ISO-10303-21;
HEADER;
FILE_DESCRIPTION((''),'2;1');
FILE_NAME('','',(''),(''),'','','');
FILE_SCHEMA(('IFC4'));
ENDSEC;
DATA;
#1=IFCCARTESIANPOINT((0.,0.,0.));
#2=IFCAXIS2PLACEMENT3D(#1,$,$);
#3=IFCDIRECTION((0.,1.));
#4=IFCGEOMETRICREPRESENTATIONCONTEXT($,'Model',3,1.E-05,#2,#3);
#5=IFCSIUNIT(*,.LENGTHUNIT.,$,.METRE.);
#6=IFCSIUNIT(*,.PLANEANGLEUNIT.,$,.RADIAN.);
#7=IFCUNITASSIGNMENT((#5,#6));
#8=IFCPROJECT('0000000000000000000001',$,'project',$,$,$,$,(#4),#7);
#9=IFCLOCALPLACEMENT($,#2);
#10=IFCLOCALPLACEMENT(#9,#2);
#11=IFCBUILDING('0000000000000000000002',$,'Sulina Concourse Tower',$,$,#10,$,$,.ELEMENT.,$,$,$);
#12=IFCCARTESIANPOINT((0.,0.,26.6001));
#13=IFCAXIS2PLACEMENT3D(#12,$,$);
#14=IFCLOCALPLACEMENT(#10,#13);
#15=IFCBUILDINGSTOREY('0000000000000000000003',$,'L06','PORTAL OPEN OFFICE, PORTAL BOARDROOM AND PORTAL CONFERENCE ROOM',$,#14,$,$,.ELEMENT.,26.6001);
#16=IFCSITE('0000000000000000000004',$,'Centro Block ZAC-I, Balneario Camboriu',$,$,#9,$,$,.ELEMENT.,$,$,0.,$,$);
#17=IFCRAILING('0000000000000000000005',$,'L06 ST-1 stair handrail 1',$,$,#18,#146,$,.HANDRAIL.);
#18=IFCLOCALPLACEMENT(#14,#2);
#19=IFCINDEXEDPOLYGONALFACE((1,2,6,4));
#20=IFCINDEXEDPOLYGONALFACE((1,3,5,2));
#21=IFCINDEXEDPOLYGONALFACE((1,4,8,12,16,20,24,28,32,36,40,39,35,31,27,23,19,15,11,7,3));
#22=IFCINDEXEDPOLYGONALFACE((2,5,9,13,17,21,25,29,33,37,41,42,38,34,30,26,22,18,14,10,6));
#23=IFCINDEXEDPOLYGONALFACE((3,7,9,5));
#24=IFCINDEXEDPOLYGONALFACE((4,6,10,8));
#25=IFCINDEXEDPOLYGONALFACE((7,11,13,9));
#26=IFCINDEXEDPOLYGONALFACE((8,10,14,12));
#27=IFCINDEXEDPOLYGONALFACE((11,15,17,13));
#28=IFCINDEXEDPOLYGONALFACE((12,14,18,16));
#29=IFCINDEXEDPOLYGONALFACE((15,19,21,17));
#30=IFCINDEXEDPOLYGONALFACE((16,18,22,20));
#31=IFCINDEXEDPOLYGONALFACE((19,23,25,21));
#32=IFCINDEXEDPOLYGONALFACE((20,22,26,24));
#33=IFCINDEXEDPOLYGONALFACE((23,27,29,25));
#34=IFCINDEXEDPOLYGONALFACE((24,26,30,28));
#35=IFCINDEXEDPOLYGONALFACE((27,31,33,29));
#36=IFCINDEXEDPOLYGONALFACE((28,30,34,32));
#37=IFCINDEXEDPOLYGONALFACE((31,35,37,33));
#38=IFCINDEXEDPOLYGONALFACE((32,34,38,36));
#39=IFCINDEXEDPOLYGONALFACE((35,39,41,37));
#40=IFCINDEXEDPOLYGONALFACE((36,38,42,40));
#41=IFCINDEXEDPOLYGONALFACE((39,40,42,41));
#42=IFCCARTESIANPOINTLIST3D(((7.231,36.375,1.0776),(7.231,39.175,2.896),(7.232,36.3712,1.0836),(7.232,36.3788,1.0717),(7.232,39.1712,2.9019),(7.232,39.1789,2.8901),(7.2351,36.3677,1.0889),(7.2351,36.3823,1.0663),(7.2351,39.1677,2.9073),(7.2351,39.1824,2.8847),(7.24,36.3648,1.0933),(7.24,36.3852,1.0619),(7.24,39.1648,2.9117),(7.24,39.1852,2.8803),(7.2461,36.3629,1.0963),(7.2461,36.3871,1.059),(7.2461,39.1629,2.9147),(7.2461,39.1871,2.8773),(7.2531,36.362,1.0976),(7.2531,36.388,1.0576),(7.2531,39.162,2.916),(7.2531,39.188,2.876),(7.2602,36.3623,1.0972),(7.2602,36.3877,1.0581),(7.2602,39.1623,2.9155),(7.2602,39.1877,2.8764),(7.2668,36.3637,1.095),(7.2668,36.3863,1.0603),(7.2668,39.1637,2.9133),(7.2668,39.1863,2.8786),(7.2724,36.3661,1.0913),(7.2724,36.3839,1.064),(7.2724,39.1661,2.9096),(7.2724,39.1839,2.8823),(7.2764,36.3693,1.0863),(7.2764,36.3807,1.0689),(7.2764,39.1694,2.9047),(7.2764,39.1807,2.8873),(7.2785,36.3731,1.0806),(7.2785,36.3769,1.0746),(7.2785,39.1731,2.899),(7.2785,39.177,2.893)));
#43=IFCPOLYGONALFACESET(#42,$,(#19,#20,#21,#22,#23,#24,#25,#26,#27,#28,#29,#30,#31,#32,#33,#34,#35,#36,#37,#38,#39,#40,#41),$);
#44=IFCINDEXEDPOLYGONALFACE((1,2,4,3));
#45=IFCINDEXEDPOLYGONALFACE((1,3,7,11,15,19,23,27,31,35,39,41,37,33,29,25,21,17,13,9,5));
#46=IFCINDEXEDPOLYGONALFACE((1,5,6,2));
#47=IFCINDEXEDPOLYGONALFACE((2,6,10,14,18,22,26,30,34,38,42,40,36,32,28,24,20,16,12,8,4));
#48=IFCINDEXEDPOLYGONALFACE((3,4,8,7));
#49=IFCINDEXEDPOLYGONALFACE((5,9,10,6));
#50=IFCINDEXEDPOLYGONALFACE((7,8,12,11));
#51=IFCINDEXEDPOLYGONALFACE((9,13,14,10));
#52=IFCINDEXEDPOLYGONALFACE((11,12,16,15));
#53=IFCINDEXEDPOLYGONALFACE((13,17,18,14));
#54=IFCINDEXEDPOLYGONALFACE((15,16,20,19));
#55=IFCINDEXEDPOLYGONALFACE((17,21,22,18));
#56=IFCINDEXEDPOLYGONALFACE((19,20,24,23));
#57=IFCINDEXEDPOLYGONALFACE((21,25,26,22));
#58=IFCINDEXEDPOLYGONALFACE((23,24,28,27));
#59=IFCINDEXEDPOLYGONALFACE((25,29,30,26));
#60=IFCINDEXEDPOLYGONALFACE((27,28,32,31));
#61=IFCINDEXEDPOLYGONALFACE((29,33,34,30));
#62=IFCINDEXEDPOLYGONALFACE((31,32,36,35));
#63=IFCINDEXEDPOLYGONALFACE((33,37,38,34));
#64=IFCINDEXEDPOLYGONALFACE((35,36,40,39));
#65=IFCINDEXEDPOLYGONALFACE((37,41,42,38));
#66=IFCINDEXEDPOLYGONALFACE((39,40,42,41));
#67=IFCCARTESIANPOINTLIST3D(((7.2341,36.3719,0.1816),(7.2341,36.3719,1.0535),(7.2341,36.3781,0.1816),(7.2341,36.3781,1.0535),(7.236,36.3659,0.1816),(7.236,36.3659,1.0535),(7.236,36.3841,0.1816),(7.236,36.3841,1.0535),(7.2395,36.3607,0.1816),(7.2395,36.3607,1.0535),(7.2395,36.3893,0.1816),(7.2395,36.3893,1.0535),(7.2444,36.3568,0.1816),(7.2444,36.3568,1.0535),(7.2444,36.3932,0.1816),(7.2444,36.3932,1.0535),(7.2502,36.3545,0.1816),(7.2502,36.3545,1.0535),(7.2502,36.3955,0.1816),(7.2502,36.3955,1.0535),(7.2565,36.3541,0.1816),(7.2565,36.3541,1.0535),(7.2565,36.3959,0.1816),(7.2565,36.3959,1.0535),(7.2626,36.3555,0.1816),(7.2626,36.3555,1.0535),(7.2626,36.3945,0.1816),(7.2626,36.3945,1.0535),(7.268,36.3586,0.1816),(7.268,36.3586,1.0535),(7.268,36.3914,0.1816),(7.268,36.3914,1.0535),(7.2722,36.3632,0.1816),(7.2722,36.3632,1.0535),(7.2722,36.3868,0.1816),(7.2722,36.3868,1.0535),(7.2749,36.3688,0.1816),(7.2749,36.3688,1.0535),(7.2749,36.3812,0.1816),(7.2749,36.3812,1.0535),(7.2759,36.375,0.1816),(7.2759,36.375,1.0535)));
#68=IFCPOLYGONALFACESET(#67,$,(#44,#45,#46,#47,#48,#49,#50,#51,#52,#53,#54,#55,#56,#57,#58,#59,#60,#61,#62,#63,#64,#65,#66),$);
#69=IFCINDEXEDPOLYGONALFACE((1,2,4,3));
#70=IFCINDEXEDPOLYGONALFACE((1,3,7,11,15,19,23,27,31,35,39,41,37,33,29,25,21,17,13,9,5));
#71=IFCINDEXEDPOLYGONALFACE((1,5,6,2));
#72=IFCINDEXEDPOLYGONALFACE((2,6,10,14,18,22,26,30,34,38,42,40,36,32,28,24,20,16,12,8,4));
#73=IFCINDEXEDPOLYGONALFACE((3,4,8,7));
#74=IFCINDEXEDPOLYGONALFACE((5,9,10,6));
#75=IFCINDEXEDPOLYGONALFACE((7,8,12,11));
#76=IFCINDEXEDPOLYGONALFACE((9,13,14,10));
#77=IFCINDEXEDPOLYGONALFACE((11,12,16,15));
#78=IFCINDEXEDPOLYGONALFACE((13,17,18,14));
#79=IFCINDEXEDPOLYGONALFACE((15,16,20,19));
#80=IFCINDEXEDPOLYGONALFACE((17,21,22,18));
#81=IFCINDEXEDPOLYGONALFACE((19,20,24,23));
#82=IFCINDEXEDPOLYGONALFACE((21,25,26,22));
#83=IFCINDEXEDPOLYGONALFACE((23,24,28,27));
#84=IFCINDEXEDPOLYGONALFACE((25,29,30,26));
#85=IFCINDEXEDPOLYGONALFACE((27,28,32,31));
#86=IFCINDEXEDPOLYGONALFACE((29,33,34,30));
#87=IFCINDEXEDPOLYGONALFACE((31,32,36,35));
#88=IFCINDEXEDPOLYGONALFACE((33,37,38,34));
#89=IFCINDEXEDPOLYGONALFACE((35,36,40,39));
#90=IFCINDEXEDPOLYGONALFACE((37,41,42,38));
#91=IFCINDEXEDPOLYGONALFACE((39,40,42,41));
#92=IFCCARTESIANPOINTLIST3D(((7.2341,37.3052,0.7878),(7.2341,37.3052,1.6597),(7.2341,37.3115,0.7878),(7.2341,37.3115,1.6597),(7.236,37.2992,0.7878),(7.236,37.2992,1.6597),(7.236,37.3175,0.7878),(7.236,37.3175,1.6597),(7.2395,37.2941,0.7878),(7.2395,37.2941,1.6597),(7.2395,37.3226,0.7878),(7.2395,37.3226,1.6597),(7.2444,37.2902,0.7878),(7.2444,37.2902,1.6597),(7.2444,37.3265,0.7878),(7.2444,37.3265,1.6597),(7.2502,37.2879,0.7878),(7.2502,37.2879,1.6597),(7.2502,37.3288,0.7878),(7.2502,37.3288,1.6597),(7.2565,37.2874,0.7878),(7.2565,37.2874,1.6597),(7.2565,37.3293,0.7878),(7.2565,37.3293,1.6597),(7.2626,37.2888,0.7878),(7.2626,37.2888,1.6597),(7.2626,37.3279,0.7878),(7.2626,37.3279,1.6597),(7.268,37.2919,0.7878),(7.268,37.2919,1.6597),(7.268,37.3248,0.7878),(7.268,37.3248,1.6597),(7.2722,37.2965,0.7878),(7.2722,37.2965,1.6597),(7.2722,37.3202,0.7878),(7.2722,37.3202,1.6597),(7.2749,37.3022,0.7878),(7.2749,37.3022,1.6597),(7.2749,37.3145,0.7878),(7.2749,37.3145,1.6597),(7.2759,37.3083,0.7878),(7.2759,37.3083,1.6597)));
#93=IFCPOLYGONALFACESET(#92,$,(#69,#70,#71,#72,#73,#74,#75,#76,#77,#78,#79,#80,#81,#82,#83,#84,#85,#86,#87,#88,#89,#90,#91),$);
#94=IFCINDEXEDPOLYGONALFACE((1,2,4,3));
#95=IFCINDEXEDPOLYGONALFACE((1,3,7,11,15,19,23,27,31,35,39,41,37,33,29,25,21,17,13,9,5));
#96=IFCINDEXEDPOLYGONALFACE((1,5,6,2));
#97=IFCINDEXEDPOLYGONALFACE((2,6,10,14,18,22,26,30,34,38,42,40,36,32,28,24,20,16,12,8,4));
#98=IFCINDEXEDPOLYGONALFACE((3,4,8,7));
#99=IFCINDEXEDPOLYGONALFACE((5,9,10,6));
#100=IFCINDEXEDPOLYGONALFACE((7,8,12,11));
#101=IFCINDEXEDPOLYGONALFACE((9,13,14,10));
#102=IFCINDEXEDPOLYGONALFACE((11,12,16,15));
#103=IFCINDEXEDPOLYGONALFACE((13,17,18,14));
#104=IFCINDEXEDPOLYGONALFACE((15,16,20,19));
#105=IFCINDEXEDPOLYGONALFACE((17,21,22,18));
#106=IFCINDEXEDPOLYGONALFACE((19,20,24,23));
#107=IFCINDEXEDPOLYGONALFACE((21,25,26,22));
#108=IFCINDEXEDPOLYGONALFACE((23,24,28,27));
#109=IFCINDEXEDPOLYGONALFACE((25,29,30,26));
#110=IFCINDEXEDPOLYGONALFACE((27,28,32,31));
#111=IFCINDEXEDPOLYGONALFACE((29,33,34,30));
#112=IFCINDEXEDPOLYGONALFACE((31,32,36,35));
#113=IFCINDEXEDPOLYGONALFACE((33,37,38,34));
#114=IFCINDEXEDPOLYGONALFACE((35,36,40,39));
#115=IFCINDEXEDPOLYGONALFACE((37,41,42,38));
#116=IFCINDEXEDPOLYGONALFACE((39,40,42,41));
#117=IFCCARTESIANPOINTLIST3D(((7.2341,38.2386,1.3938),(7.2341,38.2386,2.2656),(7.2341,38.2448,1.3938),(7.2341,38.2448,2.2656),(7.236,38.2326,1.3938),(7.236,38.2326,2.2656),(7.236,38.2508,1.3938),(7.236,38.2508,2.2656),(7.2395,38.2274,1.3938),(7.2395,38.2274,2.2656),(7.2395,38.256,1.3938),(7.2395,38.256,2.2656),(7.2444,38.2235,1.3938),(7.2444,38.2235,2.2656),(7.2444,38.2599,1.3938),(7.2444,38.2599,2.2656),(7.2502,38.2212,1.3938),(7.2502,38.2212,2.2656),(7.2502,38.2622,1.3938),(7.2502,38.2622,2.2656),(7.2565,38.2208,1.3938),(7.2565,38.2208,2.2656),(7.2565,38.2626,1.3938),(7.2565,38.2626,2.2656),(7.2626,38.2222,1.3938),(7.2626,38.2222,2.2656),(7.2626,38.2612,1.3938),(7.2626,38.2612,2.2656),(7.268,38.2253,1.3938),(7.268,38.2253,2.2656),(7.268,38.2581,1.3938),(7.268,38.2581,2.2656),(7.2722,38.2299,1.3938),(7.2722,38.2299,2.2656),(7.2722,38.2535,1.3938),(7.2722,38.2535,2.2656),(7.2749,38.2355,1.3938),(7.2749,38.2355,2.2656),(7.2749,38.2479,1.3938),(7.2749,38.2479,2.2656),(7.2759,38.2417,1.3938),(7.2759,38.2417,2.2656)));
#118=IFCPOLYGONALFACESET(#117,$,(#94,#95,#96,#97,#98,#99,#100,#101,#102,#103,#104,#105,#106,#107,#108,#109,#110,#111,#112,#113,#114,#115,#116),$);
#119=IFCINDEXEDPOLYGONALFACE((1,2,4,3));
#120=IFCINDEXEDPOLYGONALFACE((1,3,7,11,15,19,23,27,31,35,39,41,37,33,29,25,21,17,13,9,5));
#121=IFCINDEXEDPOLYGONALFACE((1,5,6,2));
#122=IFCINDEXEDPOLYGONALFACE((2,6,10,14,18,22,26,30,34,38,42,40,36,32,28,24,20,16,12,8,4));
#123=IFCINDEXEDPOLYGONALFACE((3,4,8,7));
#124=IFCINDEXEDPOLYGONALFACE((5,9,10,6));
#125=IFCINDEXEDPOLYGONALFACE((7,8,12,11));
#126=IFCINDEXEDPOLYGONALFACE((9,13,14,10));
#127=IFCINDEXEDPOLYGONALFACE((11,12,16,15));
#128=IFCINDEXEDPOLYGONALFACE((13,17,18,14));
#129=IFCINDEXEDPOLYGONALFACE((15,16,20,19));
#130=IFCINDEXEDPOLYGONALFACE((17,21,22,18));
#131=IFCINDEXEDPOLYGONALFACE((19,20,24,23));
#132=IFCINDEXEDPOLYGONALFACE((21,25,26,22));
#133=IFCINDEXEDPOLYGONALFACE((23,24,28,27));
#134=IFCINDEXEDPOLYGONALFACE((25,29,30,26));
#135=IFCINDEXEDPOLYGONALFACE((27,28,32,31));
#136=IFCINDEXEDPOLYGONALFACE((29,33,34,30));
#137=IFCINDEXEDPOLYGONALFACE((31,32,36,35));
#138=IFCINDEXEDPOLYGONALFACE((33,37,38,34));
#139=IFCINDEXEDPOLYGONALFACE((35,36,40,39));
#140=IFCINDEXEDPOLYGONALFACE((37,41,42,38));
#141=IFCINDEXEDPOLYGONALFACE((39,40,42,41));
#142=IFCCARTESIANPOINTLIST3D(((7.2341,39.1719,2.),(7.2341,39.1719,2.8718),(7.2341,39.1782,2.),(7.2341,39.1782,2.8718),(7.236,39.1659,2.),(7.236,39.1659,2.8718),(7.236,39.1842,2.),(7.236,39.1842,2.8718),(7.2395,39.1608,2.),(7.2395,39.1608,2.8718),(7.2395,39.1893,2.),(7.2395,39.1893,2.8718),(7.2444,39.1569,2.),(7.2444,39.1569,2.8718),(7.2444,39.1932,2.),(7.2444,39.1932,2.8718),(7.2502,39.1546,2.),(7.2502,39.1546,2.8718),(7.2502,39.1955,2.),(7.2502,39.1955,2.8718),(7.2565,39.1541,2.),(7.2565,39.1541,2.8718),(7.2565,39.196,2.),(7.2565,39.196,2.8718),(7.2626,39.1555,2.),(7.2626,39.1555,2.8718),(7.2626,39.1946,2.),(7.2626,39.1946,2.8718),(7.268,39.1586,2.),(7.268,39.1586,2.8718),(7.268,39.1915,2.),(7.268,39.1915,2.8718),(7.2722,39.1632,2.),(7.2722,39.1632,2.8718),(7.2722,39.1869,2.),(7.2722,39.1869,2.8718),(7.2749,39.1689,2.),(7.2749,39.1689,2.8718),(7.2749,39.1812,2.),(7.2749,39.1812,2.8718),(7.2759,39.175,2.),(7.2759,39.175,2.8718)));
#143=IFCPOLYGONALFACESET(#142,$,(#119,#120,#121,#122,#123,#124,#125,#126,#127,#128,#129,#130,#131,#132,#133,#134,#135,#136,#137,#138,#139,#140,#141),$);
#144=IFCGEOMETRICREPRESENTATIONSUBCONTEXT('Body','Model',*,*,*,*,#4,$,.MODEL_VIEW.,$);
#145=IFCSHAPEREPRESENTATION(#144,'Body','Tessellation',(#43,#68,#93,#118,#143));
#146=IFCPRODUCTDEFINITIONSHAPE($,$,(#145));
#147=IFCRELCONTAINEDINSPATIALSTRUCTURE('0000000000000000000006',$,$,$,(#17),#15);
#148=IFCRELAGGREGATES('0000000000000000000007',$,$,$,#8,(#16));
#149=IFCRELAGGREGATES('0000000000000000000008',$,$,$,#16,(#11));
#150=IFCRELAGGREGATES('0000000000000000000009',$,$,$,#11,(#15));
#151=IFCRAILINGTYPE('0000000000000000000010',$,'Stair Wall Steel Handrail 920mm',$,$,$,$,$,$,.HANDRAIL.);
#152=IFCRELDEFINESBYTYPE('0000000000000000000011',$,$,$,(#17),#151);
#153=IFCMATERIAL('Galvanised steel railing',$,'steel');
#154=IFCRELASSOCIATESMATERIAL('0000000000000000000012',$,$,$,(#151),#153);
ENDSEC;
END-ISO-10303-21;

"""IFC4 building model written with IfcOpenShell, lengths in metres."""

from ifc_helpers import new_model, si_unit, direction, frame, origin, origin_2d, place, context, subcontext, project, spatial, circle, extrude, material, type_object, element, save


model = new_model("IFC4")

# Units and contexts
model_context = context("Model", 3, precision=1e-05, world=origin(), true_north=direction((0.0, 1.0)))
body_context = subcontext(model_context, "Body", "Model", "MODEL_VIEW")
ifc_project = project(units=[si_unit("LENGTHUNIT", "METRE"), si_unit("PLANEANGLEUNIT", "RADIAN")], contexts=[model_context])

# Site, building, storey
site_placement = place(None, origin())
site = spatial("IfcSite", under=ifc_project, at=site_placement, Name="Centro Block ZAC-I, Balneario Camboriu", CompositionType="ELEMENT", RefElevation=0.0)
building_placement = place(site_placement, origin())
building = spatial("IfcBuilding", under=site, at=building_placement, Name="Sulina Concourse Tower", CompositionType="ELEMENT")
storey_placement = place(building_placement, frame((0.0, 0.0, 26.6001)))
storey = spatial("IfcBuildingStorey", under=building, at=storey_placement, Name="L06", Description="PORTAL OPEN OFFICE, PORTAL BOARDROOM AND PORTAL CONFERENCE ROOM", CompositionType="ELEMENT", Elevation=26.6001)

# Railing
ifc_material_1 = material(Name="Galvanised steel railing", Category="steel")
railing_type_1 = type_object("IfcRailingType", Name="Stair Wall Steel Handrail 920mm", PredefinedType="HANDRAIL", material=ifc_material_1)
railing_1_placement = place(storey_placement, frame((7.2549, 36.375, 0.1816)))
element("IfcRailing", 1, at=railing_1_placement, inside=storey, type_object=railing_type_1, Name="L06 ST-1 stair handrail 1", PredefinedType="HANDRAIL", context=body_context, shape_type="SweptSolid", body=[
    extrude(circle(Radius=0.0239, at=origin_2d()), frame((0.0, 0.0, 0.896), z_axis=(0.0, 0.838672, 0.544636), x_axis=(-1.0, 0.0, 0.0)), (0.0, 0.0, 1.0), 3.3386),
    extrude(circle(Radius=0.021, at=origin_2d()), origin(), (0.0, 0.0, 1.0), 0.8718),
    extrude(circle(Radius=0.021, at=origin_2d()), frame((0.0, 0.9333, 0.6062)), (0.0, 0.0, 1.0), 0.8718),
    extrude(circle(Radius=0.021, at=origin_2d()), frame((0.0, 1.8667, 1.2122)), (0.0, 0.0, 1.0), 0.8718),
    extrude(circle(Radius=0.021, at=origin_2d()), frame((0.0, 2.8, 1.8184)), (0.0, 0.0, 1.0), 0.8718),
])

save(model, "model.ifc")
